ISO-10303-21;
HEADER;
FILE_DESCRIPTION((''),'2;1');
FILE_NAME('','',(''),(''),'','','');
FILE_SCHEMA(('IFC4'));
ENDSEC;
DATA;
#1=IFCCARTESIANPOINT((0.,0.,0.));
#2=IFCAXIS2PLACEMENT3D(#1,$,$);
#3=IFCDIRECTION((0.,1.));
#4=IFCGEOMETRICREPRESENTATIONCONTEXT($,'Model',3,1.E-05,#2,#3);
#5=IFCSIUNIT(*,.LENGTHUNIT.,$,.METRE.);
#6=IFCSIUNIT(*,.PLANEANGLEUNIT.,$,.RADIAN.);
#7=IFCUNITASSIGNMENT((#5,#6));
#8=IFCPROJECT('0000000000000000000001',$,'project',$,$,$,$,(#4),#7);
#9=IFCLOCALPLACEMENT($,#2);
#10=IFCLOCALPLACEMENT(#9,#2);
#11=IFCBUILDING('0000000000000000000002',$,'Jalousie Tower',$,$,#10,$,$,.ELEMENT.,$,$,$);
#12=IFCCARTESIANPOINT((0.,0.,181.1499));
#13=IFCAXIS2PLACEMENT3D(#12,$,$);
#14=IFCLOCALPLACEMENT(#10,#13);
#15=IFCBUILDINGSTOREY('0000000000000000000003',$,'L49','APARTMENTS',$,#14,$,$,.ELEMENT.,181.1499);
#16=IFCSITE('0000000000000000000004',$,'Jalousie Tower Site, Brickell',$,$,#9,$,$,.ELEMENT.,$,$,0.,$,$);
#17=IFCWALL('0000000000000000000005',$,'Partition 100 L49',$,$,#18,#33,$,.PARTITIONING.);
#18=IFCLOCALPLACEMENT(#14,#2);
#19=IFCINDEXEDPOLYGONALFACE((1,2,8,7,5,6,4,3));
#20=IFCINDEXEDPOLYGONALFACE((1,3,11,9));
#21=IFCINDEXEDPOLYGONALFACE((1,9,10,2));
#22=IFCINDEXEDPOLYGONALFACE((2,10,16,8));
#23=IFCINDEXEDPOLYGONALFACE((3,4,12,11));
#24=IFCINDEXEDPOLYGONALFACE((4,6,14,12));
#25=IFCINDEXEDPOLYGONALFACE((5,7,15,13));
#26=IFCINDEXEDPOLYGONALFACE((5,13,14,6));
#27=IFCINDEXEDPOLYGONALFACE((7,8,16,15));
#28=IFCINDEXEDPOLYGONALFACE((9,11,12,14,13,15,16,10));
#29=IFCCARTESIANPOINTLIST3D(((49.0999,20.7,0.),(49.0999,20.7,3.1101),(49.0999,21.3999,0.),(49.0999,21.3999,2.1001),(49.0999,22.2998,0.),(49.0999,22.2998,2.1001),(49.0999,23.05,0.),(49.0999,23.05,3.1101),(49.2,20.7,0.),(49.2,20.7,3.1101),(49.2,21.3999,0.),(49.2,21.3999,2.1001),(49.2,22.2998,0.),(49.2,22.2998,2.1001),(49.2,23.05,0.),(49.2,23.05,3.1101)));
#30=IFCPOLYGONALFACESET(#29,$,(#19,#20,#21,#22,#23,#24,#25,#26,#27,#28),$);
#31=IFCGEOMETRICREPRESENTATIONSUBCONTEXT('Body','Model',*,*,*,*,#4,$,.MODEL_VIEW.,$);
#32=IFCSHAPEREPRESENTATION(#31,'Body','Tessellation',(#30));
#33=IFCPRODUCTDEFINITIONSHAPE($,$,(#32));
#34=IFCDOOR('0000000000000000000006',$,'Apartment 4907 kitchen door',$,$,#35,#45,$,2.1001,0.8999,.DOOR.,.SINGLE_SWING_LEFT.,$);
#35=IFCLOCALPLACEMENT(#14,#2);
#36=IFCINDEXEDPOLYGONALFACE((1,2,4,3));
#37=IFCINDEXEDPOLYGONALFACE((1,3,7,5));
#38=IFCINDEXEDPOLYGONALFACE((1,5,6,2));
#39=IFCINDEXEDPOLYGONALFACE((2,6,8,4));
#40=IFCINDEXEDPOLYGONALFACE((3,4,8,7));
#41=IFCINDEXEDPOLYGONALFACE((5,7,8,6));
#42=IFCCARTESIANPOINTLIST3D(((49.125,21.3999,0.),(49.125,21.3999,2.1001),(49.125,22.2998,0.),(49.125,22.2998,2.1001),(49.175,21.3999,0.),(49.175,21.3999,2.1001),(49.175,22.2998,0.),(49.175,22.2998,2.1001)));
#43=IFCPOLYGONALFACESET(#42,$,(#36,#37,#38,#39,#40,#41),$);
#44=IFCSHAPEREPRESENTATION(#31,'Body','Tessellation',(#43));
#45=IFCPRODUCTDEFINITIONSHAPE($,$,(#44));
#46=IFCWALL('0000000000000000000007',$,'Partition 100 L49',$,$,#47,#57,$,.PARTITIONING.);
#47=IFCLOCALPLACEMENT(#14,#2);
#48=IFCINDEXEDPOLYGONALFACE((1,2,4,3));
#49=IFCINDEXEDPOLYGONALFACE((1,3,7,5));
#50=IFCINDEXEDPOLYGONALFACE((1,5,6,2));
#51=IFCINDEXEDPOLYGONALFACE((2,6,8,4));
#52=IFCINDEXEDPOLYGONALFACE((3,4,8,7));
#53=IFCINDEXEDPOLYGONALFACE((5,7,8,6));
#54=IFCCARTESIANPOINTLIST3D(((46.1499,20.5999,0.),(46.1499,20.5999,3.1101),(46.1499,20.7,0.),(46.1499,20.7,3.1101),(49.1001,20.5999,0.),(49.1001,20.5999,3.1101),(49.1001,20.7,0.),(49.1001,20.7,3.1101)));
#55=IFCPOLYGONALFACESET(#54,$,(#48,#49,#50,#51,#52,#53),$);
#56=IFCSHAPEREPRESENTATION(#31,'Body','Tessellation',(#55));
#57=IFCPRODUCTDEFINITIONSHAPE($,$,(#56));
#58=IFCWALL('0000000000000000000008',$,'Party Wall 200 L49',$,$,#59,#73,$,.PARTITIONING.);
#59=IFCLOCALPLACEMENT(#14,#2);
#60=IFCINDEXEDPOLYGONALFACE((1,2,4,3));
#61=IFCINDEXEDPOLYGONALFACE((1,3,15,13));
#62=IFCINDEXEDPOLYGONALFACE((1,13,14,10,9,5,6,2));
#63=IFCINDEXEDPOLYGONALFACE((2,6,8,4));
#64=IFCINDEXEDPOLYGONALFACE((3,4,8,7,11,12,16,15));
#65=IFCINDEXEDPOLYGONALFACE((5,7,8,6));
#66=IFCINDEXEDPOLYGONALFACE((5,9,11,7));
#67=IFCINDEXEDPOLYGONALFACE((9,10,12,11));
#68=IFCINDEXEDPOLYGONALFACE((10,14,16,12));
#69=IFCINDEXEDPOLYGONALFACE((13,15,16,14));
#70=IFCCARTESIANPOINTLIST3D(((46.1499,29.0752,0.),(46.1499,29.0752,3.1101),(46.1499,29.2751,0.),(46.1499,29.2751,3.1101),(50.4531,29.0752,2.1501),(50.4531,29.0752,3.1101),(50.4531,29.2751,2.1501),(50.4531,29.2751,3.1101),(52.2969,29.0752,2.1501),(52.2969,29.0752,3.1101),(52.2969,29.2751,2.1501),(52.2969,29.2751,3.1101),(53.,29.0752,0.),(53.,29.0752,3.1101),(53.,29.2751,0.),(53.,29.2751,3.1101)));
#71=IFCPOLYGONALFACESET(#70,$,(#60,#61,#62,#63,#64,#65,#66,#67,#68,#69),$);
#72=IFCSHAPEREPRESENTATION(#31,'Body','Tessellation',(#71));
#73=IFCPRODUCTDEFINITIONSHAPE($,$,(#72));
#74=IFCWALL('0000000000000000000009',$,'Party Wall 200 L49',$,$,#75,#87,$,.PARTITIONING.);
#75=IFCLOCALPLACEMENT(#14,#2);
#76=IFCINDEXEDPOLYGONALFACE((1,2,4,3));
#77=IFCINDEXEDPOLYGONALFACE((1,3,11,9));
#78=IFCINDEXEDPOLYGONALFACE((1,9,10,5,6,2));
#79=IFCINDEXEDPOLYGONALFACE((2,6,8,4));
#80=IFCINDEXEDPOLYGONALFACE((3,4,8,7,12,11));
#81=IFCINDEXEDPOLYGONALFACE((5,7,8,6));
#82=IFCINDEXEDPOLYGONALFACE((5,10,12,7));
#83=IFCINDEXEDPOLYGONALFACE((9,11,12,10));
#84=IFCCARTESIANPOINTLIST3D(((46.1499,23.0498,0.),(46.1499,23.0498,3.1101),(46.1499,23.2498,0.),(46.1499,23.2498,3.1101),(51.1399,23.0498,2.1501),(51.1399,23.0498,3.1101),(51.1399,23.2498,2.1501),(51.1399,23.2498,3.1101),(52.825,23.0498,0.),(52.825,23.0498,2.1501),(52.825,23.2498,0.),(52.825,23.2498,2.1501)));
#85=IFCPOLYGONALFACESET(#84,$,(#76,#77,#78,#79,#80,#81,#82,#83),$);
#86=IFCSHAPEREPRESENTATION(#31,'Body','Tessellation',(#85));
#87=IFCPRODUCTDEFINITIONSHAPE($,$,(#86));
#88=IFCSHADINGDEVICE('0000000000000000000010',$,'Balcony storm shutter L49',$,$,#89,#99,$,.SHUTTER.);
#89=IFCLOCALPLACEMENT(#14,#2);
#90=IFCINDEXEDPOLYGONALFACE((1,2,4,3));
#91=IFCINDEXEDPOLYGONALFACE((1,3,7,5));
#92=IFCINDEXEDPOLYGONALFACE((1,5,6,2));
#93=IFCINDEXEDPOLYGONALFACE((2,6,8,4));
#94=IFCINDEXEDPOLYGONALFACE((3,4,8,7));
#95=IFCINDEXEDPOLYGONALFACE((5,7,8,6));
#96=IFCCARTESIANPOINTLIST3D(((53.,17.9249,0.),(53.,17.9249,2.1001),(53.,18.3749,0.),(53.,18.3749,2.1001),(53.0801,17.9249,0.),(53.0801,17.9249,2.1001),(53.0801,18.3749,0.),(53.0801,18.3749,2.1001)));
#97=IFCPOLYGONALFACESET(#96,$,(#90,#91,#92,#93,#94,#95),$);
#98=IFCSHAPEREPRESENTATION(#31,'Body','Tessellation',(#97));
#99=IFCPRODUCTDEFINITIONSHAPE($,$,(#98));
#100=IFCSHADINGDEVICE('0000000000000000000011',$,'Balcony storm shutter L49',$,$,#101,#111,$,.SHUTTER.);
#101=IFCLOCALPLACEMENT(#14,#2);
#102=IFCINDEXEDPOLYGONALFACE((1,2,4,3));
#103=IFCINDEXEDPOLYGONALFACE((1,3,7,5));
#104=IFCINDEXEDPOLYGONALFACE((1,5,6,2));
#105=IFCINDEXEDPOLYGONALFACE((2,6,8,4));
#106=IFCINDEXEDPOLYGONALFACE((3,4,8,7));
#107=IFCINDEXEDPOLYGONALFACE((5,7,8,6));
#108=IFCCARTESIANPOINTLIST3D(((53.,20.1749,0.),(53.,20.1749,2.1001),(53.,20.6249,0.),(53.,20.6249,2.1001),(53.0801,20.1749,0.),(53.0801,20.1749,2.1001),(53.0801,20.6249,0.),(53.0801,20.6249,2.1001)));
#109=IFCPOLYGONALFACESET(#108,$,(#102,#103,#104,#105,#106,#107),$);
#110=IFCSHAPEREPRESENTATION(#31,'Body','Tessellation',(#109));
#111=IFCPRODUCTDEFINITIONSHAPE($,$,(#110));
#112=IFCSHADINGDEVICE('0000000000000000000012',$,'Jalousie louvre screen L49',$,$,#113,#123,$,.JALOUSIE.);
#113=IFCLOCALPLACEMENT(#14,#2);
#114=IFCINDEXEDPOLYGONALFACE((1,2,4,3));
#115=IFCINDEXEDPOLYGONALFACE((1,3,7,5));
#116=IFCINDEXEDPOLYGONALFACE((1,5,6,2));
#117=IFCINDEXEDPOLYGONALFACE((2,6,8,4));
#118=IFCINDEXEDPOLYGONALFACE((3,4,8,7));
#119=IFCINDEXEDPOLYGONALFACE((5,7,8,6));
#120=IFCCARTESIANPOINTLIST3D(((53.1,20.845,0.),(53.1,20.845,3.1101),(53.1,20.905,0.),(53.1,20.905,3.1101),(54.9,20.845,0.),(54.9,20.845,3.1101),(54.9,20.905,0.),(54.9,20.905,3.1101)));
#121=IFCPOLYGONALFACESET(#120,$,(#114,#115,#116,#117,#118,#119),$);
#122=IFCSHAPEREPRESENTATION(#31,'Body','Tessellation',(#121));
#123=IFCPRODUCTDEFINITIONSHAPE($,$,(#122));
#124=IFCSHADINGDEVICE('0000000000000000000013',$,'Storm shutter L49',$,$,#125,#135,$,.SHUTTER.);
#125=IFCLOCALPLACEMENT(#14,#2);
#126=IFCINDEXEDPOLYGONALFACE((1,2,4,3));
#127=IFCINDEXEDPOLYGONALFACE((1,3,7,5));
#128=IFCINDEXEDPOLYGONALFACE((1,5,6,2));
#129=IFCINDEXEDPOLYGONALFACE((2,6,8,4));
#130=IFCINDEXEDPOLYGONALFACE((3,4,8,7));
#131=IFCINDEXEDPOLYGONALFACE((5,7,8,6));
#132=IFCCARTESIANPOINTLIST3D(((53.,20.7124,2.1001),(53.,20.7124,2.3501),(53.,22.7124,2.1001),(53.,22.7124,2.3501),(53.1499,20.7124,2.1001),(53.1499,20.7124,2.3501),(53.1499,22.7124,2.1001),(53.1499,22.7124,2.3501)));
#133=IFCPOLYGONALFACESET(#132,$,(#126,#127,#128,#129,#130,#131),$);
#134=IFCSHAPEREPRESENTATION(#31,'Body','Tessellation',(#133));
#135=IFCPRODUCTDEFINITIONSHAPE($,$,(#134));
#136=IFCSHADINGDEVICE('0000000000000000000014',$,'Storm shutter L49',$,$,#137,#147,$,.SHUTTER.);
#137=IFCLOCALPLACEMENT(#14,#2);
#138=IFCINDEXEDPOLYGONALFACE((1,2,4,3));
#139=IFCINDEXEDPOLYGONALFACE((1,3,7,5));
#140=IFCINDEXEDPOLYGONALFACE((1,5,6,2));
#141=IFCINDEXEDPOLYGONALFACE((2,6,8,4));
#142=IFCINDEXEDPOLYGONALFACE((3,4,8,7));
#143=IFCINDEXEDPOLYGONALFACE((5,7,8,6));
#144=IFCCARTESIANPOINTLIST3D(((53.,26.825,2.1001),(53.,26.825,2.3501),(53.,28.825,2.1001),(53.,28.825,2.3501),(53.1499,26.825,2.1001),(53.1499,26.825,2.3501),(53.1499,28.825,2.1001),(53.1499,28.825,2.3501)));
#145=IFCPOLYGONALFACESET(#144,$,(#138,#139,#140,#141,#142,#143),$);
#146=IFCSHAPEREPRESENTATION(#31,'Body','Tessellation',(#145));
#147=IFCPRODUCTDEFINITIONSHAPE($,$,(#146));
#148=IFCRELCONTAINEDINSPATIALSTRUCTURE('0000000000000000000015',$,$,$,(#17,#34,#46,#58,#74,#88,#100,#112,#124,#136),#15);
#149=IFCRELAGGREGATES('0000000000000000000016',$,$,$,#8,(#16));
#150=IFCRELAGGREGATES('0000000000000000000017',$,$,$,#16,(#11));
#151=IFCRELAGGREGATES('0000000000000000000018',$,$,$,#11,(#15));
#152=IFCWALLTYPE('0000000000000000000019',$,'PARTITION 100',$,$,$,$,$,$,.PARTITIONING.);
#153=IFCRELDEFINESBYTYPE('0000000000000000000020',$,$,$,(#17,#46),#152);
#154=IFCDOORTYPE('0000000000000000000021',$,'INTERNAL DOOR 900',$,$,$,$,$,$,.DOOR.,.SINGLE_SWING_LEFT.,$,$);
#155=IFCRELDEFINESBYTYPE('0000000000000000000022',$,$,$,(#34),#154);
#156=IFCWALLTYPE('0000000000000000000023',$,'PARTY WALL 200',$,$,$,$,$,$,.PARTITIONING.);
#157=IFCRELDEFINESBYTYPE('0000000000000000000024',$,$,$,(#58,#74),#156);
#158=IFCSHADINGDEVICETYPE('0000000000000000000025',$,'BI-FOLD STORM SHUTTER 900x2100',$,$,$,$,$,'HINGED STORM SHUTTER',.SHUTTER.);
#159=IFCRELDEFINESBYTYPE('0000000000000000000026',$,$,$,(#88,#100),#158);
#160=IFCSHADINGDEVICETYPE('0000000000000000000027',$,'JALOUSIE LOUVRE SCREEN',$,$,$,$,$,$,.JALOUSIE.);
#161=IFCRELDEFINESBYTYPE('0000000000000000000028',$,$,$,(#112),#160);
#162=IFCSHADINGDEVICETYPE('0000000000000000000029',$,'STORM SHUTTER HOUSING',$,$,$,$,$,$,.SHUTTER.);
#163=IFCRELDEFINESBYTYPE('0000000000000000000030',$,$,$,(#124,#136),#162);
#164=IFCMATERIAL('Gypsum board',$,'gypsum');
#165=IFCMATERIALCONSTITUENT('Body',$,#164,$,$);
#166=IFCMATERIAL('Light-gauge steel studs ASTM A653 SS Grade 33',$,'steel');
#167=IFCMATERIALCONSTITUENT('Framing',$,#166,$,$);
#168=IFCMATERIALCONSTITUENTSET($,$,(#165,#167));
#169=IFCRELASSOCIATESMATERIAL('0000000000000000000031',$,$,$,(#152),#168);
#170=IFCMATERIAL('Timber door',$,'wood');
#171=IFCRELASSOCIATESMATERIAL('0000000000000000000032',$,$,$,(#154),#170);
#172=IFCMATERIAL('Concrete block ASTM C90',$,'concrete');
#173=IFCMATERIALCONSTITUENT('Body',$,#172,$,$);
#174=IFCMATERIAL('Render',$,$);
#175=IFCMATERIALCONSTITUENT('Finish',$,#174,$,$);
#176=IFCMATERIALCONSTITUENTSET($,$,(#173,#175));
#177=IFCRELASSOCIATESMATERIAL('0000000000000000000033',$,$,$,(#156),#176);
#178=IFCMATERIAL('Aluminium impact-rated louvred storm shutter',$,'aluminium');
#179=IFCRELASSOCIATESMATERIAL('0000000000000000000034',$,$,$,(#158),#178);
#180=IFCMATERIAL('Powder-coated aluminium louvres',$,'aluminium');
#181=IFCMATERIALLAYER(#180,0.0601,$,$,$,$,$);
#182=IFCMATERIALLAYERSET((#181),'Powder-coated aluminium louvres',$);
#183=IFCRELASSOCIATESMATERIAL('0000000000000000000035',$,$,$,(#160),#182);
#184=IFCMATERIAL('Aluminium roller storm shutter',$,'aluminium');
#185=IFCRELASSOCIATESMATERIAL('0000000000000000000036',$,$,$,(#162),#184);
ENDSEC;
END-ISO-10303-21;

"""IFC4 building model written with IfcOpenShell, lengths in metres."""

from ifc_helpers import new_model, si_unit, direction, frame, frame_2d, origin, origin_2d, place, context, subcontext, project, spatial, polyline, rectangle, outline, extrude, material, layer, layer_set, constituent, constituent_set, type_object, element, fill, save


model = new_model("IFC4")

# Units and contexts
model_context = context("Model", 3, precision=1e-05, world=origin(), true_north=direction((0.0, 1.0)))
body_context = subcontext(model_context, "Body", "Model", "MODEL_VIEW")
ifc_project = project(units=[si_unit("LENGTHUNIT", "METRE"), si_unit("PLANEANGLEUNIT", "RADIAN")], contexts=[model_context])

# Site, building, storey
site_placement = place(None, origin())
site = spatial("IfcSite", under=ifc_project, at=site_placement, Name="Jalousie Tower Site, Brickell", CompositionType="ELEMENT", RefElevation=0.0)
building_placement = place(site_placement, origin())
building = spatial("IfcBuilding", under=site, at=building_placement, Name="Jalousie Tower", CompositionType="ELEMENT")
storey_placement = place(building_placement, frame((0.0, 0.0, 181.1499)))
storey = spatial("IfcBuildingStorey", under=building, at=storey_placement, Name="L49", Description="APARTMENTS", CompositionType="ELEMENT", Elevation=181.1499)

# Wall, opening, door
ifc_material_1 = material(Name="Gypsum board", Category="gypsum")
ifc_constituent_1 = constituent(ifc_material_1, Name="Body")
ifc_material_2 = material(Name="Light-gauge steel studs ASTM A653 SS Grade 33", Category="steel")
ifc_constituent_2 = constituent(ifc_material_2, Name="Framing")
ifc_constituent_set_1 = constituent_set(constituents=[ifc_constituent_1, ifc_constituent_2])
wall_type_1 = type_object("IfcWallType", Name="PARTITION 100", PredefinedType="PARTITIONING", material=ifc_constituent_set_1)
wall_1_placement = place(storey_placement, frame((49.1499, 20.7, 0.0), z_axis=(0.0, 0.0, 1.0), x_axis=(0.0, 1.0, 0.0)))
wall_1 = element("IfcWall", 1, at=wall_1_placement, inside=storey, type_object=wall_type_1, Name="Partition 100 L49", PredefinedType="PARTITIONING", context=body_context, shape_type="SweptSolid", body=[
    extrude(rectangle(XDim=2.3501, YDim=0.1001, at=frame_2d((1.175, 0.0))), origin(), (0.0, 0.0, 1.0), 3.1101),
])
opening_1_placement = place(wall_1_placement, frame((0.7, 0.0, 0.0)))
opening_1 = element("IfcOpeningElement", 2, at=opening_1_placement, cuts=wall_1, PredefinedType="OPENING", context=body_context, shape_type="SweptSolid", body=[
    extrude(rectangle(XDim=0.8999, YDim=2.1001, at=frame_2d((0.45, 1.05))), frame((0.0, 0.0601, 0.0), z_axis=(0.0, -1.0, 0.0), x_axis=(1.0, 0.0, 0.0)), (0.0, 0.0, 1.0), 0.1201),
])
ifc_material_3 = material(Name="Timber door", Category="wood")
door_type_1 = type_object("IfcDoorType", Name="INTERNAL DOOR 900", OperationType="SINGLE_SWING_LEFT", PredefinedType="DOOR", material=ifc_material_3)
door_1_placement = place(opening_1_placement, origin())
door_1 = element("IfcDoor", 3, at=door_1_placement, inside=storey, type_object=door_type_1, Name="Apartment 4907 kitchen door", OperationType="SINGLE_SWING_LEFT", OverallHeight=2.1001, OverallWidth=0.8999, PredefinedType="DOOR", context=body_context, shape_type="SweptSolid", body=[
    extrude(rectangle(XDim=0.8999, YDim=2.1001, at=frame_2d((0.45, 1.05))), frame((0.0, 0.0249, 0.0), z_axis=(0.0, -1.0, 0.0), x_axis=(1.0, 0.0, 0.0)), (0.0, 0.0, 1.0), 0.05),
])
fill(opening_1, door_1)

# Walls
wall_2_placement = place(storey_placement, frame((49.1001, 20.6499, 0.0), z_axis=(0.0, 0.0, 1.0), x_axis=(-1.0, 0.0, 0.0)))
element("IfcWall", 4, at=wall_2_placement, inside=storey, type_object=wall_type_1, Name="Partition 100 L49", PredefinedType="PARTITIONING", context=body_context, shape_type="SweptSolid", body=[
    extrude(rectangle(XDim=2.9502, YDim=0.1001, at=frame_2d((1.4751, 0.0))), origin(), (0.0, 0.0, 1.0), 3.1101),
])
ifc_material_4 = material(Name="Concrete block ASTM C90", Category="concrete")
ifc_constituent_3 = constituent(ifc_material_4, Name="Body")
ifc_material_5 = material(Name="Render")
ifc_constituent_4 = constituent(ifc_material_5, Name="Finish")
ifc_constituent_set_2 = constituent_set(constituents=[ifc_constituent_3, ifc_constituent_4])
wall_type_2 = type_object("IfcWallType", Name="PARTY WALL 200", PredefinedType="PARTITIONING", material=ifc_constituent_set_2)
wall_3_placement = place(storey_placement, frame((46.1499, 29.175, 0.0), z_axis=(0.0, 0.0, 1.0), x_axis=(1.0, 0.0, 0.0)))
element("IfcWall", 5, at=wall_3_placement, inside=storey, type_object=wall_type_2, Name="Party Wall 200 L49", PredefinedType="PARTITIONING", context=body_context, shape_type="SweptSolid", body=[
    extrude(outline(polyline([(0.0, 0.0), (6.8501, 0.0), (6.8501, 3.1101), (6.147, 3.1101), (6.147, 2.1501), (4.3032, 2.1501), (4.3032, 3.1101), (0.0, 3.1101), (0.0, 0.0)])), frame((0.0, 0.1001, 0.0), z_axis=(0.0, -1.0, 0.0), x_axis=(1.0, 0.0, 0.0)), (0.0, 0.0, 1.0), 0.2),
])
wall_4_placement = place(storey_placement, frame((52.825, 23.1499, 0.0), z_axis=(0.0, 0.0, 1.0), x_axis=(-1.0, 0.0, 0.0)))
element("IfcWall", 6, at=wall_4_placement, inside=storey, type_object=wall_type_2, Name="Party Wall 200 L49", PredefinedType="PARTITIONING", context=body_context, shape_type="SweptSolid", body=[
    extrude(outline(polyline([(0.0, 0.0), (6.675, 0.0), (6.675, 3.1101), (1.6851, 3.1101), (1.6851, 2.1501), (0.0, 2.1501), (0.0, 3.1101), (0.0, 0.0)])), frame((0.0, 0.1001, 0.0), z_axis=(0.0, -1.0, 0.0), x_axis=(1.0, 0.0, 0.0)), (0.0, 0.0, 1.0), 0.2),
])

# Shading devices
ifc_material_6 = material(Name="Aluminium impact-rated louvred storm shutter", Category="aluminium")
shading_device_type_1 = type_object("IfcShadingDeviceType", Name="BI-FOLD STORM SHUTTER 900x2100", ElementType="HINGED STORM SHUTTER", PredefinedType="SHUTTER", material=ifc_material_6)
for number, where, z_axis, x_axis, name in (
    (7, (53.04, 18.1499, 0.0), (0.0, 0.0, 1.0), (0.0, 1.0, 0.0), "Balcony storm shutter L49"),
    (8, (53.04, 20.3999, 0.0), (0.0, 0.0, 1.0), (0.0, 1.0, 0.0), "Balcony storm shutter L49"),
):
    element("IfcShadingDevice", number, at=place(storey_placement, frame(where, z_axis=z_axis, x_axis=x_axis)), inside=storey, type_object=shading_device_type_1, Name=name, PredefinedType="SHUTTER", context=body_context, shape_type="SweptSolid", body=[
        extrude(rectangle(XDim=0.45, YDim=0.0801, at=origin_2d()), origin(), (0.0, 0.0, 1.0), 2.1001),
    ])
ifc_material_7 = material(Name="Powder-coated aluminium louvres", Category="aluminium")
ifc_layer_1 = layer(ifc_material_7, 0.0601)
ifc_layer_set_1 = layer_set([ifc_layer_1], Name="Powder-coated aluminium louvres")
shading_device_type_2 = type_object("IfcShadingDeviceType", Name="JALOUSIE LOUVRE SCREEN", PredefinedType="JALOUSIE", material=ifc_layer_set_1)
shading_device_placement = place(storey_placement, frame((54.0, 20.875, 0.0), z_axis=(0.0, 0.0, 1.0), x_axis=(0.0, 1.0, 0.0)))
element("IfcShadingDevice", 9, at=shading_device_placement, inside=storey, type_object=shading_device_type_2, Name="Jalousie louvre screen L49", PredefinedType="JALOUSIE", context=body_context, shape_type="SweptSolid", body=[
    extrude(rectangle(XDim=0.0601, YDim=1.8, at=origin_2d()), origin(), (0.0, 0.0, 1.0), 3.1101),
])
ifc_material_8 = material(Name="Aluminium roller storm shutter", Category="aluminium")
shading_device_type_3 = type_object("IfcShadingDeviceType", Name="STORM SHUTTER HOUSING", PredefinedType="SHUTTER", material=ifc_material_8)
for number, where, z_axis, x_axis, name in (
    (10, (53.075, 21.7124, 2.1001), (0.0, 0.0, 1.0), (0.0, 1.0, 0.0), "Storm shutter L49"),
    (11, (53.075, 27.825, 2.1001), (0.0, 0.0, 1.0), (0.0, 1.0, 0.0), "Storm shutter L49"),
):
    element("IfcShadingDevice", number, at=place(storey_placement, frame(where, z_axis=z_axis, x_axis=x_axis)), inside=storey, type_object=shading_device_type_3, Name=name, PredefinedType="SHUTTER", context=body_context, shape_type="SweptSolid", body=[
        extrude(rectangle(XDim=2.0, YDim=0.1499, at=origin_2d()), origin(), (0.0, 0.0, 1.0), 0.25),
    ])

save(model, "model.ifc")
